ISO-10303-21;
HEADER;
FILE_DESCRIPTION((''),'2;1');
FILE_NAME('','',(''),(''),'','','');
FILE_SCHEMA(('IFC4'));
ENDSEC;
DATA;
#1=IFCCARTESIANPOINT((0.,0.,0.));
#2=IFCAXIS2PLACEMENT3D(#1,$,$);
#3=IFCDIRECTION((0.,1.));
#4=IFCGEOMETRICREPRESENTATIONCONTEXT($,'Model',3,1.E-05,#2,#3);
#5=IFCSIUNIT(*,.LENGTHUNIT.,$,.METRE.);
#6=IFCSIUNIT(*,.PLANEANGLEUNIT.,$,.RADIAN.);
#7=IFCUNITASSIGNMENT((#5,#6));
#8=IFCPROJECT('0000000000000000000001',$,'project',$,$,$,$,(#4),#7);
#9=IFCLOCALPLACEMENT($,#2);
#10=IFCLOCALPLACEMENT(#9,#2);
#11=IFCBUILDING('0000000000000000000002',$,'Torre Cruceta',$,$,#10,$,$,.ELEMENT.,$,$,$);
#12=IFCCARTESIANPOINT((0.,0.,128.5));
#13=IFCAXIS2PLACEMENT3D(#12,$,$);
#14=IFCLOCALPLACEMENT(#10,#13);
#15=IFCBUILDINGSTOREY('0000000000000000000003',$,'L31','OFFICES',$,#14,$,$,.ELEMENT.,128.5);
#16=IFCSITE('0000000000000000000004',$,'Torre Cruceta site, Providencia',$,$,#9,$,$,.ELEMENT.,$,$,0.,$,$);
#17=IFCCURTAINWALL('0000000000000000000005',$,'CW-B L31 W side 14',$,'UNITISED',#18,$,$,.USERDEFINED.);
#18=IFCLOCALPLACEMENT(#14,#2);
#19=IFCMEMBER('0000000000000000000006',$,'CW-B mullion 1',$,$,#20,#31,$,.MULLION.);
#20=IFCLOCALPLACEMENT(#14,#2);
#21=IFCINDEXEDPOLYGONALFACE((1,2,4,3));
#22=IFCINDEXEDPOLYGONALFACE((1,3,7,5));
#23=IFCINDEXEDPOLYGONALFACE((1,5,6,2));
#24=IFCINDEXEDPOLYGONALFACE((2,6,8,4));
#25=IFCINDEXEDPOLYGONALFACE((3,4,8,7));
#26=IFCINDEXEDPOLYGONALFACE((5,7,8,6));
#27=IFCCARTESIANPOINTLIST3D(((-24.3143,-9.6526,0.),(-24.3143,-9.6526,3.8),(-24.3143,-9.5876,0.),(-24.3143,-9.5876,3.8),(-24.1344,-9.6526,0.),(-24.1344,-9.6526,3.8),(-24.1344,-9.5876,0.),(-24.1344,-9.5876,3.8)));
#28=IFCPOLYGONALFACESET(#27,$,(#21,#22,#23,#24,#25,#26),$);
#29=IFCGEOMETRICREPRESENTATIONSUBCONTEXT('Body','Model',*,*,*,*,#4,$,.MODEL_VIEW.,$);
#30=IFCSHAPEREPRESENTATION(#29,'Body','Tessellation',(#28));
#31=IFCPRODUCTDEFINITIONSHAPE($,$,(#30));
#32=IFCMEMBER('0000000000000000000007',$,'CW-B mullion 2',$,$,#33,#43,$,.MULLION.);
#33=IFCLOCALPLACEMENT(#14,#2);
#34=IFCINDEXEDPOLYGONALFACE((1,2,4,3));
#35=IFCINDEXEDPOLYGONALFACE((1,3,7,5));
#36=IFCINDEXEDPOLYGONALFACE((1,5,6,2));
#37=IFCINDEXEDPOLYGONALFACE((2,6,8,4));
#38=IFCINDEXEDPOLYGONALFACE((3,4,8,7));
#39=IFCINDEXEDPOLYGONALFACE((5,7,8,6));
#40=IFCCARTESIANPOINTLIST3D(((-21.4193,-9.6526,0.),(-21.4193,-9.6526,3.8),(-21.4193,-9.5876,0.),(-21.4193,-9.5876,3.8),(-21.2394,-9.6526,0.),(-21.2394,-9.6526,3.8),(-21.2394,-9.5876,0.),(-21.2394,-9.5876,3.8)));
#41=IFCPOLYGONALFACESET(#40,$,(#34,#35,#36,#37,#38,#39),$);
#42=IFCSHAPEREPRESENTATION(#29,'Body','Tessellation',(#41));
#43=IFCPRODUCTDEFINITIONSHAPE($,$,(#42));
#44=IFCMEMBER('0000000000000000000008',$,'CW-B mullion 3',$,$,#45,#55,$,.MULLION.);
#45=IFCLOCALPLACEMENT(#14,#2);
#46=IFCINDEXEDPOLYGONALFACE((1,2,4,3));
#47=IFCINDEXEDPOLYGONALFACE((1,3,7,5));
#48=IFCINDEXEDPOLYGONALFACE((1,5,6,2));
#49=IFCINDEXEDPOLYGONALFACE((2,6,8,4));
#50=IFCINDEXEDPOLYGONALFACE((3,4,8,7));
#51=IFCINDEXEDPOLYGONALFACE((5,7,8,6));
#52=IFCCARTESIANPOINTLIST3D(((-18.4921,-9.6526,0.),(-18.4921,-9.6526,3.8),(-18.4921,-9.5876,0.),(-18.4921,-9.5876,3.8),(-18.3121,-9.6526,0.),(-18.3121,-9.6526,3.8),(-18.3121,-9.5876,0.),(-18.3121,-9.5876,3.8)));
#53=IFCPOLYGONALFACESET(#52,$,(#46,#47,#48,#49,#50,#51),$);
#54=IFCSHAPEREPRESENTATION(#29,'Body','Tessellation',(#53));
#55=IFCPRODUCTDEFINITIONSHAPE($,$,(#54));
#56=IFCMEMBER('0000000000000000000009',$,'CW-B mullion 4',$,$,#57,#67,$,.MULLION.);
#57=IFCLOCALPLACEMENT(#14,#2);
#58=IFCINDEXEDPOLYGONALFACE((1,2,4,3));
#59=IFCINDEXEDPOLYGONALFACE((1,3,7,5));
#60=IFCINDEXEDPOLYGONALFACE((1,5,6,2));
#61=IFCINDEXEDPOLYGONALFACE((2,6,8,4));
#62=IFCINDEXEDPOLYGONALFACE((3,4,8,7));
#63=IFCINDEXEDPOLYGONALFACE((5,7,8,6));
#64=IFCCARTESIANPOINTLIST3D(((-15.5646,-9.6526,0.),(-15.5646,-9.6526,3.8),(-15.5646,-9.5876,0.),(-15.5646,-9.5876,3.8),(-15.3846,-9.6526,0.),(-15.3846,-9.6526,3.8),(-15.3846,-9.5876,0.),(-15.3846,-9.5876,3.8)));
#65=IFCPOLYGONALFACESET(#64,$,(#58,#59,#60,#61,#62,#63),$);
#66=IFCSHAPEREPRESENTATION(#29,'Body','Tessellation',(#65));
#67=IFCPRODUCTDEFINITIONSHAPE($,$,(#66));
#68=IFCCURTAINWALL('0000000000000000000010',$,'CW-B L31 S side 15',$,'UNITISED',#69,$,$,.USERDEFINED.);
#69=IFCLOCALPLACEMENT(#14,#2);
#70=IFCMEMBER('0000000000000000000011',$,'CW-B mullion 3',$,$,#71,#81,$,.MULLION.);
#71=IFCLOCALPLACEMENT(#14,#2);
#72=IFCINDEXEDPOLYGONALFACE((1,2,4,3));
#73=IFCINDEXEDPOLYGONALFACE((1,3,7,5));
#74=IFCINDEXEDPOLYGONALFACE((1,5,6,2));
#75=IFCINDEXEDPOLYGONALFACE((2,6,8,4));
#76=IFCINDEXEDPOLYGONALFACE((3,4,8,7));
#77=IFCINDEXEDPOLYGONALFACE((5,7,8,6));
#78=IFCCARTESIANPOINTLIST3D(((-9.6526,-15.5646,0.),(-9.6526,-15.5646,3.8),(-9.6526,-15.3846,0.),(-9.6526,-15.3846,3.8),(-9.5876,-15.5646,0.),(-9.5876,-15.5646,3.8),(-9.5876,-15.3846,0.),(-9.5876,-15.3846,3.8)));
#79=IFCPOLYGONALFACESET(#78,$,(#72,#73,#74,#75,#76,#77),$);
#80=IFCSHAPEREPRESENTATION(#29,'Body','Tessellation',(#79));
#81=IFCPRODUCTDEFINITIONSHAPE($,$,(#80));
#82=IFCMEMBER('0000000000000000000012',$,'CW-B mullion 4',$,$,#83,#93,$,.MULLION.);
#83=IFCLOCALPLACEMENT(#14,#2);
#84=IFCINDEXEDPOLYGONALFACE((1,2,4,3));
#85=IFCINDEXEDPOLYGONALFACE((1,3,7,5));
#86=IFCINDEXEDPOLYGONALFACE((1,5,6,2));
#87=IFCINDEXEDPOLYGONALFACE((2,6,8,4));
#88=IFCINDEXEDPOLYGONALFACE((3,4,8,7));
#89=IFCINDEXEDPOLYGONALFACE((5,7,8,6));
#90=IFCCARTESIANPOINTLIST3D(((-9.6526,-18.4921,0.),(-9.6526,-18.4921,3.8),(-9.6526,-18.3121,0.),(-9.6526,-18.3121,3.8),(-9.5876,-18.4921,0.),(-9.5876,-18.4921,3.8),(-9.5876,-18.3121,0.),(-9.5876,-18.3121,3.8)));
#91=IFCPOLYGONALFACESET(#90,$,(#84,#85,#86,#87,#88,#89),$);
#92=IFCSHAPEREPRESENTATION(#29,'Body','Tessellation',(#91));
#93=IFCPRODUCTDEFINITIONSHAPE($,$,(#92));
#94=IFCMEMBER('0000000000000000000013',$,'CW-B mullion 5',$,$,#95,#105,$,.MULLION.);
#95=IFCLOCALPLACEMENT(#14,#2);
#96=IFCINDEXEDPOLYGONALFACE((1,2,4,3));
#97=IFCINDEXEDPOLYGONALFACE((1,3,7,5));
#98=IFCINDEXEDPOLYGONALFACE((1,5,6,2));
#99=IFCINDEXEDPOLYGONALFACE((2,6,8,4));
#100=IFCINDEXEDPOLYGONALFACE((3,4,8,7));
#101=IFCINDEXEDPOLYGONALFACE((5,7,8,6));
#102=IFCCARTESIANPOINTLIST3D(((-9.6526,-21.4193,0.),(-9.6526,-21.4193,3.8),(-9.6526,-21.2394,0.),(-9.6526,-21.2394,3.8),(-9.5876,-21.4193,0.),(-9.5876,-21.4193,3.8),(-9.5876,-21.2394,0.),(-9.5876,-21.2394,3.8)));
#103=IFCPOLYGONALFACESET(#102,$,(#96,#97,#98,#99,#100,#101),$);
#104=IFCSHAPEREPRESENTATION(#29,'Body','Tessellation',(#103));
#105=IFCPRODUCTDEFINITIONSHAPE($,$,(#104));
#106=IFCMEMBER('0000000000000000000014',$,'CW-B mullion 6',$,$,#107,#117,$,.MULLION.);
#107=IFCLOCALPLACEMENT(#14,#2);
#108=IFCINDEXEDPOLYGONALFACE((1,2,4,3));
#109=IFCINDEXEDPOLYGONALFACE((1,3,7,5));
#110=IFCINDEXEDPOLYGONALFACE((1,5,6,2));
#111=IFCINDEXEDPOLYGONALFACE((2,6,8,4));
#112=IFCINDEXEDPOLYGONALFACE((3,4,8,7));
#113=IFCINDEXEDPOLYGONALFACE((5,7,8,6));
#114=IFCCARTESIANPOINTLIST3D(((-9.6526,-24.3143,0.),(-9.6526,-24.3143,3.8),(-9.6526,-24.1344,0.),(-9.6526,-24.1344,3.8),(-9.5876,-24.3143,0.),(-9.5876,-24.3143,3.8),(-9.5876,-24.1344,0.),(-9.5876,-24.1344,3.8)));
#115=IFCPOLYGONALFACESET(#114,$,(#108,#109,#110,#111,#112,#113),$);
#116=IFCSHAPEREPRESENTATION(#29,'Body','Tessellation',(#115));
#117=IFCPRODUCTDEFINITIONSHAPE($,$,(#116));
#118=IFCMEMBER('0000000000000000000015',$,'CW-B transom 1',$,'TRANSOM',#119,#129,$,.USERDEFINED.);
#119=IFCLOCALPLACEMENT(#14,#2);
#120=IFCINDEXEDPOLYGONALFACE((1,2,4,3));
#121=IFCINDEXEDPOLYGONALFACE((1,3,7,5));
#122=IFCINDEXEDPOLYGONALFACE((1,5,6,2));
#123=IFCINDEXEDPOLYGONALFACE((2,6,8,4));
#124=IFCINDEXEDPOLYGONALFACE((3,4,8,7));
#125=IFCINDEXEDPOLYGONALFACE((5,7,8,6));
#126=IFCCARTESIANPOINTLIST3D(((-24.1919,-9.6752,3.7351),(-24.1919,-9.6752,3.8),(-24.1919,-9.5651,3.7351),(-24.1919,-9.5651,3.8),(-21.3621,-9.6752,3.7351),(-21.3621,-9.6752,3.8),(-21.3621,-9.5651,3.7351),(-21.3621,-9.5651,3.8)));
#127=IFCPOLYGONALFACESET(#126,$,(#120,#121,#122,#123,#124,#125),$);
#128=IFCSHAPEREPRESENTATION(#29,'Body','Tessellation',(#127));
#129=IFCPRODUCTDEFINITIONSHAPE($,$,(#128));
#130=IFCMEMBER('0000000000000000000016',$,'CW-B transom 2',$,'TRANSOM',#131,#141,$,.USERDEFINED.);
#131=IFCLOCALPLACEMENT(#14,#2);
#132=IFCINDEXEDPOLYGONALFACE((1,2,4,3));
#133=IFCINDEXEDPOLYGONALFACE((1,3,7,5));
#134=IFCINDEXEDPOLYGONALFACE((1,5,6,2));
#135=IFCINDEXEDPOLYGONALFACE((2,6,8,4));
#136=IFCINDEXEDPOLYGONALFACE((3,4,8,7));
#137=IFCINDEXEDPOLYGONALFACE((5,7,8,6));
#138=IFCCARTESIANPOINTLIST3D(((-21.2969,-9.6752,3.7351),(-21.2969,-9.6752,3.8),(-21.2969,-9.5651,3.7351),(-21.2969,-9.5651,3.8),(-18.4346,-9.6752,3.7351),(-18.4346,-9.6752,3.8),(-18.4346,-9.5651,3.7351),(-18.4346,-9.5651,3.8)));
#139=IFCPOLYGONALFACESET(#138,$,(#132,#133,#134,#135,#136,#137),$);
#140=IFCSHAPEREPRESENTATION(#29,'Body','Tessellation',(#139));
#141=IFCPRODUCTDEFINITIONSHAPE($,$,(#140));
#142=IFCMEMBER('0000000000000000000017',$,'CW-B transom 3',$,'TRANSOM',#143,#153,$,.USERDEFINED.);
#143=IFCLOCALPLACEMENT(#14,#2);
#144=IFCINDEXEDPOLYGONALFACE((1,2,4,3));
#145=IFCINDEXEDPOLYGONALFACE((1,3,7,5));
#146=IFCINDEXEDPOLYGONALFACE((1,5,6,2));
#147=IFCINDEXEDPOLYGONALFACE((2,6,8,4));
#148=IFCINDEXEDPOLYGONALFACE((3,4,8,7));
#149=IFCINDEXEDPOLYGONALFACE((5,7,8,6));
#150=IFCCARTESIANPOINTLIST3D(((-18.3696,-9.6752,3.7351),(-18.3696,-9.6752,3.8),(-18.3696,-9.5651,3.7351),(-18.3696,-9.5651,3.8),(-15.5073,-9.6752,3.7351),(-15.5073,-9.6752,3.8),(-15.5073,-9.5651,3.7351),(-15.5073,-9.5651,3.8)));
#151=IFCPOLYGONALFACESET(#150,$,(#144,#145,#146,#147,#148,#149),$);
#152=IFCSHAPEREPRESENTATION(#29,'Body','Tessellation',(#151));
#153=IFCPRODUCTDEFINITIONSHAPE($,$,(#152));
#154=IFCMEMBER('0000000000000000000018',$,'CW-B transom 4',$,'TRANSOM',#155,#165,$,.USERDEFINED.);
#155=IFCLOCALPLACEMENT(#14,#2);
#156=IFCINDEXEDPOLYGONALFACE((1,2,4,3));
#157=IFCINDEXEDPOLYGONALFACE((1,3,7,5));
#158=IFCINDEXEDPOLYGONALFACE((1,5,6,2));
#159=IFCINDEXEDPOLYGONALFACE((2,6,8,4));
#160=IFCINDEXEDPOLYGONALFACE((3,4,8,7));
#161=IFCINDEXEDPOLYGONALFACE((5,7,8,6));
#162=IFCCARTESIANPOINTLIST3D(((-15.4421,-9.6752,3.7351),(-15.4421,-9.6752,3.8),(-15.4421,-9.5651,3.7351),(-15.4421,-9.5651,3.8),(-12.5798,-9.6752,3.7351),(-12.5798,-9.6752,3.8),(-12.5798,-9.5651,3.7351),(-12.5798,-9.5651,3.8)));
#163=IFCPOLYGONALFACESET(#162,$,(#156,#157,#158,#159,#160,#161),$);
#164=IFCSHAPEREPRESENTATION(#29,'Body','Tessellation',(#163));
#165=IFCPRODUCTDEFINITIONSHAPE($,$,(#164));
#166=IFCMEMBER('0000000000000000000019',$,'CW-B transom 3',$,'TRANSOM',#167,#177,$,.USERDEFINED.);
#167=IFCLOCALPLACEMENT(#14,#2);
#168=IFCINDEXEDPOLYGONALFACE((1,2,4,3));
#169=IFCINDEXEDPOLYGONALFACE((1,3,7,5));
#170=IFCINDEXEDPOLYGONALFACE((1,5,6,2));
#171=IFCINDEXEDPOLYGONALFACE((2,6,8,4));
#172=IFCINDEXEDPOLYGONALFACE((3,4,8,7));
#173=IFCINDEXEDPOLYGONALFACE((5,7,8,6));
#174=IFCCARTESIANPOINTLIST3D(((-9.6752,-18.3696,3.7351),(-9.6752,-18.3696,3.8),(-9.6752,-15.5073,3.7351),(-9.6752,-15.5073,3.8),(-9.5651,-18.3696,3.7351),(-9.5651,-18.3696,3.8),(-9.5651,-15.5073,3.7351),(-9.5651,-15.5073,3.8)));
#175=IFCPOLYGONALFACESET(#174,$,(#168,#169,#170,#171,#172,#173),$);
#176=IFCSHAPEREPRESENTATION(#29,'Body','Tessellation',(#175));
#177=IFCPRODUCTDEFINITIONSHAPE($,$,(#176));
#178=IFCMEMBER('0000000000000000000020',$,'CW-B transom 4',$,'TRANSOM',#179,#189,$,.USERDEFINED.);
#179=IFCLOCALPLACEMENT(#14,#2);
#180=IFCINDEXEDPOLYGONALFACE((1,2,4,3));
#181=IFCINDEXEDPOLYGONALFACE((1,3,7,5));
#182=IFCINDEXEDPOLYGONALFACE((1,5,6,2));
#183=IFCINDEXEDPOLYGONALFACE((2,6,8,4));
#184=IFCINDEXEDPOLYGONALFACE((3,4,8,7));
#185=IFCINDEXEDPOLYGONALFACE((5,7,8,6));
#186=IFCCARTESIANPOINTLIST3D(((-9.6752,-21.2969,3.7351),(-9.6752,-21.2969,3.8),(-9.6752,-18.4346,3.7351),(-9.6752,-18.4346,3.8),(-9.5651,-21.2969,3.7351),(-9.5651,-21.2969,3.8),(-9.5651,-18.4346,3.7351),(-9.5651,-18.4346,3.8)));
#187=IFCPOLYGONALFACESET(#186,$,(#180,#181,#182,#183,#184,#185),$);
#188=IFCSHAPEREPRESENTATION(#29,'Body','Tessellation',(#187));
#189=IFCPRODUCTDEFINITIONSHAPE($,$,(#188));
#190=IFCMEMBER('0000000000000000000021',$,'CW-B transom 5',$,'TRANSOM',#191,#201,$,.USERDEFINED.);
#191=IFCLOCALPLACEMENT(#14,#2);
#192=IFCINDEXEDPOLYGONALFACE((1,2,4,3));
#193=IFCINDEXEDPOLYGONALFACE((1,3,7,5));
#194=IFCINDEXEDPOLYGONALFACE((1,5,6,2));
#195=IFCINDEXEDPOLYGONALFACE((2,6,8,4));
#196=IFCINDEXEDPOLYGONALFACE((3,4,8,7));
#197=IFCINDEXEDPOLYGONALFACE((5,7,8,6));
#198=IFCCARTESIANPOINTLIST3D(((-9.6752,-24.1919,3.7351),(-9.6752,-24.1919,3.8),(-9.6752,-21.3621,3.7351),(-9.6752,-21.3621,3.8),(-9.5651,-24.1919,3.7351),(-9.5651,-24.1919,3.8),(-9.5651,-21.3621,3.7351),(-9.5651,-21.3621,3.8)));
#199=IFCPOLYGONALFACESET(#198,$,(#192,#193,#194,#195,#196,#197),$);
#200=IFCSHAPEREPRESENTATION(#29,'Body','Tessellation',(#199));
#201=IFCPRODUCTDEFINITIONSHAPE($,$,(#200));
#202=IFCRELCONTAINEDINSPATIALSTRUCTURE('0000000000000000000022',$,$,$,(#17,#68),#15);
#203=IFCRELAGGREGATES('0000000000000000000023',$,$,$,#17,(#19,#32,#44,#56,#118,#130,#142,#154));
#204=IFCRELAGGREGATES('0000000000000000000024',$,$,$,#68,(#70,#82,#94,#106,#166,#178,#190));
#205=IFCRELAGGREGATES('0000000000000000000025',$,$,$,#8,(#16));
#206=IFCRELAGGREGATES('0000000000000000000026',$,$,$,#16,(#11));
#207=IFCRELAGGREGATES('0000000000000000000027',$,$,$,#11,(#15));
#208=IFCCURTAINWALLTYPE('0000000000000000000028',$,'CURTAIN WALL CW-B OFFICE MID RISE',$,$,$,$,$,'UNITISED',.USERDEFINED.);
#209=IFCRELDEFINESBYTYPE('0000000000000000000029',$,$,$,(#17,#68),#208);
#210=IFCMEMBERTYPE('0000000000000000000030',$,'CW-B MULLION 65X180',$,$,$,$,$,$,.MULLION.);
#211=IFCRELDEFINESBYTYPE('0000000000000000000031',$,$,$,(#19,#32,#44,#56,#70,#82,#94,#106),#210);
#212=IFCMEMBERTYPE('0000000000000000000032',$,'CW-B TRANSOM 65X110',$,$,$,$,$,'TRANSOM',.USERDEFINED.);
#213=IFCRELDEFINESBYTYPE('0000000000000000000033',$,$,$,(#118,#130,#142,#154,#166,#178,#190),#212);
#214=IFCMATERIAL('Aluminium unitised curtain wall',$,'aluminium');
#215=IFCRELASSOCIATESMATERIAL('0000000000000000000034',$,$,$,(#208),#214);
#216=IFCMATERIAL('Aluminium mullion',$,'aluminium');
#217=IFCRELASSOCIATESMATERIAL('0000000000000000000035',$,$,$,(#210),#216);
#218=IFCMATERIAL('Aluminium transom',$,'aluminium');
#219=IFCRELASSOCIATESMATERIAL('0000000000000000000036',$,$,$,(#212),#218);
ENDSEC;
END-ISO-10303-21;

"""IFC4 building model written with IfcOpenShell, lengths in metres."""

from ifc_helpers import new_model, si_unit, direction, frame, origin, origin_2d, place, context, subcontext, project, spatial, rectangle, extrude, material, material_profile, profile_set, type_object, element, aggregate, save


model = new_model("IFC4")

# Units and contexts
model_context = context("Model", 3, precision=1e-05, world=origin(), true_north=direction((0.0, 1.0)))
body_context = subcontext(model_context, "Body", "Model", "MODEL_VIEW")
ifc_project = project(units=[si_unit("LENGTHUNIT", "METRE"), si_unit("PLANEANGLEUNIT", "RADIAN")], contexts=[model_context])

# Site, building, storey
site_placement = place(None, origin())
site = spatial("IfcSite", under=ifc_project, at=site_placement, Name="Torre Cruceta site, Providencia", CompositionType="ELEMENT", RefElevation=0.0)
building_placement = place(site_placement, origin())
building = spatial("IfcBuilding", under=site, at=building_placement, Name="Torre Cruceta", CompositionType="ELEMENT")
storey_placement = place(building_placement, frame((0.0, 0.0, 128.5)))
storey = spatial("IfcBuildingStorey", under=building, at=storey_placement, Name="L31", Description="OFFICES", CompositionType="ELEMENT", Elevation=128.5)

# Curtain walls, members
ifc_material_1 = material(Name="Aluminium unitised curtain wall", Category="aluminium")
curtain_wall_type = type_object("IfcCurtainWallType", Name="CURTAIN WALL CW-B OFFICE MID RISE", ElementType="UNITISED", PredefinedType="USERDEFINED", material=ifc_material_1)
curtain_wall_1_placement = place(storey_placement, origin())
curtain_wall_1 = element("IfcCurtainWall", 1, at=curtain_wall_1_placement, inside=storey, type_object=curtain_wall_type, Name="CW-B L31 W side 14", ObjectType="UNITISED", PredefinedType="USERDEFINED")
ifc_material_2 = material(Name="Aluminium mullion", Category="aluminium")
ifc_material_profile_1 = material_profile(ifc_material_2, rectangle(XDim=0.0649, YDim=0.1799, at=origin_2d()), Name="AL 65X180")
ifc_profile_set_1 = profile_set([ifc_material_profile_1], Name="Aluminium mullion")
member_type_1 = type_object("IfcMemberType", Name="CW-B MULLION 65X180", PredefinedType="MULLION", material=ifc_profile_set_1)
member_1_placement = place(storey_placement, frame((-24.2244, -9.6201, 0.0), z_axis=(0.0, 0.0, 1.0), x_axis=(0.0, 1.0, 0.0)))
member_1 = element("IfcMember", 2, at=member_1_placement, type_object=member_type_1, Name="CW-B mullion 1", PredefinedType="MULLION", context=body_context, shape_type="SweptSolid", body=[
    extrude(rectangle(XDim=0.0649, YDim=0.1799, at=origin_2d()), origin(), (0.0, 0.0, 1.0), 3.8),
])
member_2_placement = place(storey_placement, frame((-21.3293, -9.6201, 0.0), z_axis=(0.0, 0.0, 1.0), x_axis=(0.0, 1.0, 0.0)))
member_2 = element("IfcMember", 3, at=member_2_placement, type_object=member_type_1, Name="CW-B mullion 2", PredefinedType="MULLION", context=body_context, shape_type="SweptSolid", body=[
    extrude(rectangle(XDim=0.0649, YDim=0.1799, at=origin_2d()), origin(), (0.0, 0.0, 1.0), 3.8),
])
member_3_placement = place(storey_placement, frame((-18.4021, -9.6201, 0.0), z_axis=(0.0, 0.0, 1.0), x_axis=(0.0, 1.0, 0.0)))
member_3 = element("IfcMember", 4, at=member_3_placement, type_object=member_type_1, Name="CW-B mullion 3", PredefinedType="MULLION", context=body_context, shape_type="SweptSolid", body=[
    extrude(rectangle(XDim=0.0649, YDim=0.1799, at=origin_2d()), origin(), (0.0, 0.0, 1.0), 3.8),
])
member_4_placement = place(storey_placement, frame((-15.4746, -9.6201, 0.0), z_axis=(0.0, 0.0, 1.0), x_axis=(0.0, 1.0, 0.0)))
member_4 = element("IfcMember", 5, at=member_4_placement, type_object=member_type_1, Name="CW-B mullion 4", PredefinedType="MULLION", context=body_context, shape_type="SweptSolid", body=[
    extrude(rectangle(XDim=0.0649, YDim=0.1799, at=origin_2d()), origin(), (0.0, 0.0, 1.0), 3.8),
])
curtain_wall_2_placement = place(storey_placement, origin())
curtain_wall_2 = element("IfcCurtainWall", 6, at=curtain_wall_2_placement, inside=storey, type_object=curtain_wall_type, Name="CW-B L31 S side 15", ObjectType="UNITISED", PredefinedType="USERDEFINED")
member_5_placement = place(storey_placement, frame((-9.6201, -15.4746, 0.0), z_axis=(0.0, 0.0, 1.0), x_axis=(1.0, 0.0, 0.0)))
member_5 = element("IfcMember", 7, at=member_5_placement, type_object=member_type_1, Name="CW-B mullion 3", PredefinedType="MULLION", context=body_context, shape_type="SweptSolid", body=[
    extrude(rectangle(XDim=0.0649, YDim=0.1799, at=origin_2d()), origin(), (0.0, 0.0, 1.0), 3.8),
])
member_6_placement = place(storey_placement, frame((-9.6201, -18.4021, 0.0), z_axis=(0.0, 0.0, 1.0), x_axis=(1.0, 0.0, 0.0)))
member_6 = element("IfcMember", 8, at=member_6_placement, type_object=member_type_1, Name="CW-B mullion 4", PredefinedType="MULLION", context=body_context, shape_type="SweptSolid", body=[
    extrude(rectangle(XDim=0.0649, YDim=0.1799, at=origin_2d()), origin(), (0.0, 0.0, 1.0), 3.8),
])
member_7_placement = place(storey_placement, frame((-9.6201, -21.3293, 0.0), z_axis=(0.0, 0.0, 1.0), x_axis=(1.0, 0.0, 0.0)))
member_7 = element("IfcMember", 9, at=member_7_placement, type_object=member_type_1, Name="CW-B mullion 5", PredefinedType="MULLION", context=body_context, shape_type="SweptSolid", body=[
    extrude(rectangle(XDim=0.0649, YDim=0.1799, at=origin_2d()), origin(), (0.0, 0.0, 1.0), 3.8),
])
member_8_placement = place(storey_placement, frame((-9.6201, -24.2244, 0.0), z_axis=(0.0, 0.0, 1.0), x_axis=(1.0, 0.0, 0.0)))
member_8 = element("IfcMember", 10, at=member_8_placement, type_object=member_type_1, Name="CW-B mullion 6", PredefinedType="MULLION", context=body_context, shape_type="SweptSolid", body=[
    extrude(rectangle(XDim=0.0649, YDim=0.1799, at=origin_2d()), origin(), (0.0, 0.0, 1.0), 3.8),
])

# Members
ifc_material_3 = material(Name="Aluminium transom", Category="aluminium")
ifc_material_profile_2 = material_profile(ifc_material_3, rectangle(XDim=0.1101, YDim=0.0649, at=origin_2d()), Name="AL 110X65")
ifc_profile_set_2 = profile_set([ifc_material_profile_2], Name="Aluminium transom")
member_type_2 = type_object("IfcMemberType", Name="CW-B TRANSOM 65X110", ElementType="TRANSOM", PredefinedType="USERDEFINED", material=ifc_profile_set_2)
member_9_placement = place(storey_placement, frame((-24.1919, -9.6201, 3.7676), z_axis=(1.0, 0.0, 0.0), x_axis=(0.0, 1.0, 0.0)))
member_9 = element("IfcMember", 11, at=member_9_placement, type_object=member_type_2, Name="CW-B transom 1", ObjectType="TRANSOM", PredefinedType="USERDEFINED", context=body_context, shape_type="SweptSolid", body=[
    extrude(rectangle(XDim=0.1101, YDim=0.0649, at=origin_2d()), origin(), (0.0, 0.0, 1.0), 2.8298),
])
member_10_placement = place(storey_placement, frame((-21.2969, -9.6201, 3.7676), z_axis=(1.0, 0.0, 0.0), x_axis=(0.0, 1.0, 0.0)))
member_10 = element("IfcMember", 12, at=member_10_placement, type_object=member_type_2, Name="CW-B transom 2", ObjectType="TRANSOM", PredefinedType="USERDEFINED", context=body_context, shape_type="SweptSolid", body=[
    extrude(rectangle(XDim=0.1101, YDim=0.0649, at=origin_2d()), origin(), (0.0, 0.0, 1.0), 2.8623),
])
member_11_placement = place(storey_placement, frame((-18.3696, -9.6201, 3.7676), z_axis=(1.0, 0.0, 0.0), x_axis=(0.0, 1.0, 0.0)))
member_11 = element("IfcMember", 13, at=member_11_placement, type_object=member_type_2, Name="CW-B transom 3", ObjectType="TRANSOM", PredefinedType="USERDEFINED", context=body_context, shape_type="SweptSolid", body=[
    extrude(rectangle(XDim=0.1101, YDim=0.0649, at=origin_2d()), origin(), (0.0, 0.0, 1.0), 2.8623),
])
member_12_placement = place(storey_placement, frame((-15.4421, -9.6201, 3.7676), z_axis=(1.0, 0.0, 0.0), x_axis=(0.0, 1.0, 0.0)))
member_12 = element("IfcMember", 14, at=member_12_placement, type_object=member_type_2, Name="CW-B transom 4", ObjectType="TRANSOM", PredefinedType="USERDEFINED", context=body_context, shape_type="SweptSolid", body=[
    extrude(rectangle(XDim=0.1101, YDim=0.0649, at=origin_2d()), origin(), (0.0, 0.0, 1.0), 2.8623),
])
member_13_placement = place(storey_placement, frame((-9.6201, -15.5073, 3.7676), z_axis=(0.0, -1.0, 0.0), x_axis=(1.0, 0.0, 0.0)))
member_13 = element("IfcMember", 15, at=member_13_placement, type_object=member_type_2, Name="CW-B transom 3", ObjectType="TRANSOM", PredefinedType="USERDEFINED", context=body_context, shape_type="SweptSolid", body=[
    extrude(rectangle(XDim=0.1101, YDim=0.0649, at=origin_2d()), origin(), (0.0, 0.0, 1.0), 2.8623),
])
member_14_placement = place(storey_placement, frame((-9.6201, -18.4346, 3.7676), z_axis=(0.0, -1.0, 0.0), x_axis=(1.0, 0.0, 0.0)))
member_14 = element("IfcMember", 16, at=member_14_placement, type_object=member_type_2, Name="CW-B transom 4", ObjectType="TRANSOM", PredefinedType="USERDEFINED", context=body_context, shape_type="SweptSolid", body=[
    extrude(rectangle(XDim=0.1101, YDim=0.0649, at=origin_2d()), origin(), (0.0, 0.0, 1.0), 2.8623),
])
member_15_placement = place(storey_placement, frame((-9.6201, -21.3621, 3.7676), z_axis=(0.0, -1.0, 0.0), x_axis=(1.0, 0.0, 0.0)))
member_15 = element("IfcMember", 17, at=member_15_placement, type_object=member_type_2, Name="CW-B transom 5", ObjectType="TRANSOM", PredefinedType="USERDEFINED", context=body_context, shape_type="SweptSolid", body=[
    extrude(rectangle(XDim=0.1101, YDim=0.0649, at=origin_2d()), origin(), (0.0, 0.0, 1.0), 2.8298),
])

aggregate(curtain_wall_1, [member_1, member_2, member_3, member_4, member_9, member_10, member_11, member_12])
aggregate(curtain_wall_2, [member_5, member_6, member_7, member_8, member_13, member_14, member_15])

save(model, "model.ifc")
